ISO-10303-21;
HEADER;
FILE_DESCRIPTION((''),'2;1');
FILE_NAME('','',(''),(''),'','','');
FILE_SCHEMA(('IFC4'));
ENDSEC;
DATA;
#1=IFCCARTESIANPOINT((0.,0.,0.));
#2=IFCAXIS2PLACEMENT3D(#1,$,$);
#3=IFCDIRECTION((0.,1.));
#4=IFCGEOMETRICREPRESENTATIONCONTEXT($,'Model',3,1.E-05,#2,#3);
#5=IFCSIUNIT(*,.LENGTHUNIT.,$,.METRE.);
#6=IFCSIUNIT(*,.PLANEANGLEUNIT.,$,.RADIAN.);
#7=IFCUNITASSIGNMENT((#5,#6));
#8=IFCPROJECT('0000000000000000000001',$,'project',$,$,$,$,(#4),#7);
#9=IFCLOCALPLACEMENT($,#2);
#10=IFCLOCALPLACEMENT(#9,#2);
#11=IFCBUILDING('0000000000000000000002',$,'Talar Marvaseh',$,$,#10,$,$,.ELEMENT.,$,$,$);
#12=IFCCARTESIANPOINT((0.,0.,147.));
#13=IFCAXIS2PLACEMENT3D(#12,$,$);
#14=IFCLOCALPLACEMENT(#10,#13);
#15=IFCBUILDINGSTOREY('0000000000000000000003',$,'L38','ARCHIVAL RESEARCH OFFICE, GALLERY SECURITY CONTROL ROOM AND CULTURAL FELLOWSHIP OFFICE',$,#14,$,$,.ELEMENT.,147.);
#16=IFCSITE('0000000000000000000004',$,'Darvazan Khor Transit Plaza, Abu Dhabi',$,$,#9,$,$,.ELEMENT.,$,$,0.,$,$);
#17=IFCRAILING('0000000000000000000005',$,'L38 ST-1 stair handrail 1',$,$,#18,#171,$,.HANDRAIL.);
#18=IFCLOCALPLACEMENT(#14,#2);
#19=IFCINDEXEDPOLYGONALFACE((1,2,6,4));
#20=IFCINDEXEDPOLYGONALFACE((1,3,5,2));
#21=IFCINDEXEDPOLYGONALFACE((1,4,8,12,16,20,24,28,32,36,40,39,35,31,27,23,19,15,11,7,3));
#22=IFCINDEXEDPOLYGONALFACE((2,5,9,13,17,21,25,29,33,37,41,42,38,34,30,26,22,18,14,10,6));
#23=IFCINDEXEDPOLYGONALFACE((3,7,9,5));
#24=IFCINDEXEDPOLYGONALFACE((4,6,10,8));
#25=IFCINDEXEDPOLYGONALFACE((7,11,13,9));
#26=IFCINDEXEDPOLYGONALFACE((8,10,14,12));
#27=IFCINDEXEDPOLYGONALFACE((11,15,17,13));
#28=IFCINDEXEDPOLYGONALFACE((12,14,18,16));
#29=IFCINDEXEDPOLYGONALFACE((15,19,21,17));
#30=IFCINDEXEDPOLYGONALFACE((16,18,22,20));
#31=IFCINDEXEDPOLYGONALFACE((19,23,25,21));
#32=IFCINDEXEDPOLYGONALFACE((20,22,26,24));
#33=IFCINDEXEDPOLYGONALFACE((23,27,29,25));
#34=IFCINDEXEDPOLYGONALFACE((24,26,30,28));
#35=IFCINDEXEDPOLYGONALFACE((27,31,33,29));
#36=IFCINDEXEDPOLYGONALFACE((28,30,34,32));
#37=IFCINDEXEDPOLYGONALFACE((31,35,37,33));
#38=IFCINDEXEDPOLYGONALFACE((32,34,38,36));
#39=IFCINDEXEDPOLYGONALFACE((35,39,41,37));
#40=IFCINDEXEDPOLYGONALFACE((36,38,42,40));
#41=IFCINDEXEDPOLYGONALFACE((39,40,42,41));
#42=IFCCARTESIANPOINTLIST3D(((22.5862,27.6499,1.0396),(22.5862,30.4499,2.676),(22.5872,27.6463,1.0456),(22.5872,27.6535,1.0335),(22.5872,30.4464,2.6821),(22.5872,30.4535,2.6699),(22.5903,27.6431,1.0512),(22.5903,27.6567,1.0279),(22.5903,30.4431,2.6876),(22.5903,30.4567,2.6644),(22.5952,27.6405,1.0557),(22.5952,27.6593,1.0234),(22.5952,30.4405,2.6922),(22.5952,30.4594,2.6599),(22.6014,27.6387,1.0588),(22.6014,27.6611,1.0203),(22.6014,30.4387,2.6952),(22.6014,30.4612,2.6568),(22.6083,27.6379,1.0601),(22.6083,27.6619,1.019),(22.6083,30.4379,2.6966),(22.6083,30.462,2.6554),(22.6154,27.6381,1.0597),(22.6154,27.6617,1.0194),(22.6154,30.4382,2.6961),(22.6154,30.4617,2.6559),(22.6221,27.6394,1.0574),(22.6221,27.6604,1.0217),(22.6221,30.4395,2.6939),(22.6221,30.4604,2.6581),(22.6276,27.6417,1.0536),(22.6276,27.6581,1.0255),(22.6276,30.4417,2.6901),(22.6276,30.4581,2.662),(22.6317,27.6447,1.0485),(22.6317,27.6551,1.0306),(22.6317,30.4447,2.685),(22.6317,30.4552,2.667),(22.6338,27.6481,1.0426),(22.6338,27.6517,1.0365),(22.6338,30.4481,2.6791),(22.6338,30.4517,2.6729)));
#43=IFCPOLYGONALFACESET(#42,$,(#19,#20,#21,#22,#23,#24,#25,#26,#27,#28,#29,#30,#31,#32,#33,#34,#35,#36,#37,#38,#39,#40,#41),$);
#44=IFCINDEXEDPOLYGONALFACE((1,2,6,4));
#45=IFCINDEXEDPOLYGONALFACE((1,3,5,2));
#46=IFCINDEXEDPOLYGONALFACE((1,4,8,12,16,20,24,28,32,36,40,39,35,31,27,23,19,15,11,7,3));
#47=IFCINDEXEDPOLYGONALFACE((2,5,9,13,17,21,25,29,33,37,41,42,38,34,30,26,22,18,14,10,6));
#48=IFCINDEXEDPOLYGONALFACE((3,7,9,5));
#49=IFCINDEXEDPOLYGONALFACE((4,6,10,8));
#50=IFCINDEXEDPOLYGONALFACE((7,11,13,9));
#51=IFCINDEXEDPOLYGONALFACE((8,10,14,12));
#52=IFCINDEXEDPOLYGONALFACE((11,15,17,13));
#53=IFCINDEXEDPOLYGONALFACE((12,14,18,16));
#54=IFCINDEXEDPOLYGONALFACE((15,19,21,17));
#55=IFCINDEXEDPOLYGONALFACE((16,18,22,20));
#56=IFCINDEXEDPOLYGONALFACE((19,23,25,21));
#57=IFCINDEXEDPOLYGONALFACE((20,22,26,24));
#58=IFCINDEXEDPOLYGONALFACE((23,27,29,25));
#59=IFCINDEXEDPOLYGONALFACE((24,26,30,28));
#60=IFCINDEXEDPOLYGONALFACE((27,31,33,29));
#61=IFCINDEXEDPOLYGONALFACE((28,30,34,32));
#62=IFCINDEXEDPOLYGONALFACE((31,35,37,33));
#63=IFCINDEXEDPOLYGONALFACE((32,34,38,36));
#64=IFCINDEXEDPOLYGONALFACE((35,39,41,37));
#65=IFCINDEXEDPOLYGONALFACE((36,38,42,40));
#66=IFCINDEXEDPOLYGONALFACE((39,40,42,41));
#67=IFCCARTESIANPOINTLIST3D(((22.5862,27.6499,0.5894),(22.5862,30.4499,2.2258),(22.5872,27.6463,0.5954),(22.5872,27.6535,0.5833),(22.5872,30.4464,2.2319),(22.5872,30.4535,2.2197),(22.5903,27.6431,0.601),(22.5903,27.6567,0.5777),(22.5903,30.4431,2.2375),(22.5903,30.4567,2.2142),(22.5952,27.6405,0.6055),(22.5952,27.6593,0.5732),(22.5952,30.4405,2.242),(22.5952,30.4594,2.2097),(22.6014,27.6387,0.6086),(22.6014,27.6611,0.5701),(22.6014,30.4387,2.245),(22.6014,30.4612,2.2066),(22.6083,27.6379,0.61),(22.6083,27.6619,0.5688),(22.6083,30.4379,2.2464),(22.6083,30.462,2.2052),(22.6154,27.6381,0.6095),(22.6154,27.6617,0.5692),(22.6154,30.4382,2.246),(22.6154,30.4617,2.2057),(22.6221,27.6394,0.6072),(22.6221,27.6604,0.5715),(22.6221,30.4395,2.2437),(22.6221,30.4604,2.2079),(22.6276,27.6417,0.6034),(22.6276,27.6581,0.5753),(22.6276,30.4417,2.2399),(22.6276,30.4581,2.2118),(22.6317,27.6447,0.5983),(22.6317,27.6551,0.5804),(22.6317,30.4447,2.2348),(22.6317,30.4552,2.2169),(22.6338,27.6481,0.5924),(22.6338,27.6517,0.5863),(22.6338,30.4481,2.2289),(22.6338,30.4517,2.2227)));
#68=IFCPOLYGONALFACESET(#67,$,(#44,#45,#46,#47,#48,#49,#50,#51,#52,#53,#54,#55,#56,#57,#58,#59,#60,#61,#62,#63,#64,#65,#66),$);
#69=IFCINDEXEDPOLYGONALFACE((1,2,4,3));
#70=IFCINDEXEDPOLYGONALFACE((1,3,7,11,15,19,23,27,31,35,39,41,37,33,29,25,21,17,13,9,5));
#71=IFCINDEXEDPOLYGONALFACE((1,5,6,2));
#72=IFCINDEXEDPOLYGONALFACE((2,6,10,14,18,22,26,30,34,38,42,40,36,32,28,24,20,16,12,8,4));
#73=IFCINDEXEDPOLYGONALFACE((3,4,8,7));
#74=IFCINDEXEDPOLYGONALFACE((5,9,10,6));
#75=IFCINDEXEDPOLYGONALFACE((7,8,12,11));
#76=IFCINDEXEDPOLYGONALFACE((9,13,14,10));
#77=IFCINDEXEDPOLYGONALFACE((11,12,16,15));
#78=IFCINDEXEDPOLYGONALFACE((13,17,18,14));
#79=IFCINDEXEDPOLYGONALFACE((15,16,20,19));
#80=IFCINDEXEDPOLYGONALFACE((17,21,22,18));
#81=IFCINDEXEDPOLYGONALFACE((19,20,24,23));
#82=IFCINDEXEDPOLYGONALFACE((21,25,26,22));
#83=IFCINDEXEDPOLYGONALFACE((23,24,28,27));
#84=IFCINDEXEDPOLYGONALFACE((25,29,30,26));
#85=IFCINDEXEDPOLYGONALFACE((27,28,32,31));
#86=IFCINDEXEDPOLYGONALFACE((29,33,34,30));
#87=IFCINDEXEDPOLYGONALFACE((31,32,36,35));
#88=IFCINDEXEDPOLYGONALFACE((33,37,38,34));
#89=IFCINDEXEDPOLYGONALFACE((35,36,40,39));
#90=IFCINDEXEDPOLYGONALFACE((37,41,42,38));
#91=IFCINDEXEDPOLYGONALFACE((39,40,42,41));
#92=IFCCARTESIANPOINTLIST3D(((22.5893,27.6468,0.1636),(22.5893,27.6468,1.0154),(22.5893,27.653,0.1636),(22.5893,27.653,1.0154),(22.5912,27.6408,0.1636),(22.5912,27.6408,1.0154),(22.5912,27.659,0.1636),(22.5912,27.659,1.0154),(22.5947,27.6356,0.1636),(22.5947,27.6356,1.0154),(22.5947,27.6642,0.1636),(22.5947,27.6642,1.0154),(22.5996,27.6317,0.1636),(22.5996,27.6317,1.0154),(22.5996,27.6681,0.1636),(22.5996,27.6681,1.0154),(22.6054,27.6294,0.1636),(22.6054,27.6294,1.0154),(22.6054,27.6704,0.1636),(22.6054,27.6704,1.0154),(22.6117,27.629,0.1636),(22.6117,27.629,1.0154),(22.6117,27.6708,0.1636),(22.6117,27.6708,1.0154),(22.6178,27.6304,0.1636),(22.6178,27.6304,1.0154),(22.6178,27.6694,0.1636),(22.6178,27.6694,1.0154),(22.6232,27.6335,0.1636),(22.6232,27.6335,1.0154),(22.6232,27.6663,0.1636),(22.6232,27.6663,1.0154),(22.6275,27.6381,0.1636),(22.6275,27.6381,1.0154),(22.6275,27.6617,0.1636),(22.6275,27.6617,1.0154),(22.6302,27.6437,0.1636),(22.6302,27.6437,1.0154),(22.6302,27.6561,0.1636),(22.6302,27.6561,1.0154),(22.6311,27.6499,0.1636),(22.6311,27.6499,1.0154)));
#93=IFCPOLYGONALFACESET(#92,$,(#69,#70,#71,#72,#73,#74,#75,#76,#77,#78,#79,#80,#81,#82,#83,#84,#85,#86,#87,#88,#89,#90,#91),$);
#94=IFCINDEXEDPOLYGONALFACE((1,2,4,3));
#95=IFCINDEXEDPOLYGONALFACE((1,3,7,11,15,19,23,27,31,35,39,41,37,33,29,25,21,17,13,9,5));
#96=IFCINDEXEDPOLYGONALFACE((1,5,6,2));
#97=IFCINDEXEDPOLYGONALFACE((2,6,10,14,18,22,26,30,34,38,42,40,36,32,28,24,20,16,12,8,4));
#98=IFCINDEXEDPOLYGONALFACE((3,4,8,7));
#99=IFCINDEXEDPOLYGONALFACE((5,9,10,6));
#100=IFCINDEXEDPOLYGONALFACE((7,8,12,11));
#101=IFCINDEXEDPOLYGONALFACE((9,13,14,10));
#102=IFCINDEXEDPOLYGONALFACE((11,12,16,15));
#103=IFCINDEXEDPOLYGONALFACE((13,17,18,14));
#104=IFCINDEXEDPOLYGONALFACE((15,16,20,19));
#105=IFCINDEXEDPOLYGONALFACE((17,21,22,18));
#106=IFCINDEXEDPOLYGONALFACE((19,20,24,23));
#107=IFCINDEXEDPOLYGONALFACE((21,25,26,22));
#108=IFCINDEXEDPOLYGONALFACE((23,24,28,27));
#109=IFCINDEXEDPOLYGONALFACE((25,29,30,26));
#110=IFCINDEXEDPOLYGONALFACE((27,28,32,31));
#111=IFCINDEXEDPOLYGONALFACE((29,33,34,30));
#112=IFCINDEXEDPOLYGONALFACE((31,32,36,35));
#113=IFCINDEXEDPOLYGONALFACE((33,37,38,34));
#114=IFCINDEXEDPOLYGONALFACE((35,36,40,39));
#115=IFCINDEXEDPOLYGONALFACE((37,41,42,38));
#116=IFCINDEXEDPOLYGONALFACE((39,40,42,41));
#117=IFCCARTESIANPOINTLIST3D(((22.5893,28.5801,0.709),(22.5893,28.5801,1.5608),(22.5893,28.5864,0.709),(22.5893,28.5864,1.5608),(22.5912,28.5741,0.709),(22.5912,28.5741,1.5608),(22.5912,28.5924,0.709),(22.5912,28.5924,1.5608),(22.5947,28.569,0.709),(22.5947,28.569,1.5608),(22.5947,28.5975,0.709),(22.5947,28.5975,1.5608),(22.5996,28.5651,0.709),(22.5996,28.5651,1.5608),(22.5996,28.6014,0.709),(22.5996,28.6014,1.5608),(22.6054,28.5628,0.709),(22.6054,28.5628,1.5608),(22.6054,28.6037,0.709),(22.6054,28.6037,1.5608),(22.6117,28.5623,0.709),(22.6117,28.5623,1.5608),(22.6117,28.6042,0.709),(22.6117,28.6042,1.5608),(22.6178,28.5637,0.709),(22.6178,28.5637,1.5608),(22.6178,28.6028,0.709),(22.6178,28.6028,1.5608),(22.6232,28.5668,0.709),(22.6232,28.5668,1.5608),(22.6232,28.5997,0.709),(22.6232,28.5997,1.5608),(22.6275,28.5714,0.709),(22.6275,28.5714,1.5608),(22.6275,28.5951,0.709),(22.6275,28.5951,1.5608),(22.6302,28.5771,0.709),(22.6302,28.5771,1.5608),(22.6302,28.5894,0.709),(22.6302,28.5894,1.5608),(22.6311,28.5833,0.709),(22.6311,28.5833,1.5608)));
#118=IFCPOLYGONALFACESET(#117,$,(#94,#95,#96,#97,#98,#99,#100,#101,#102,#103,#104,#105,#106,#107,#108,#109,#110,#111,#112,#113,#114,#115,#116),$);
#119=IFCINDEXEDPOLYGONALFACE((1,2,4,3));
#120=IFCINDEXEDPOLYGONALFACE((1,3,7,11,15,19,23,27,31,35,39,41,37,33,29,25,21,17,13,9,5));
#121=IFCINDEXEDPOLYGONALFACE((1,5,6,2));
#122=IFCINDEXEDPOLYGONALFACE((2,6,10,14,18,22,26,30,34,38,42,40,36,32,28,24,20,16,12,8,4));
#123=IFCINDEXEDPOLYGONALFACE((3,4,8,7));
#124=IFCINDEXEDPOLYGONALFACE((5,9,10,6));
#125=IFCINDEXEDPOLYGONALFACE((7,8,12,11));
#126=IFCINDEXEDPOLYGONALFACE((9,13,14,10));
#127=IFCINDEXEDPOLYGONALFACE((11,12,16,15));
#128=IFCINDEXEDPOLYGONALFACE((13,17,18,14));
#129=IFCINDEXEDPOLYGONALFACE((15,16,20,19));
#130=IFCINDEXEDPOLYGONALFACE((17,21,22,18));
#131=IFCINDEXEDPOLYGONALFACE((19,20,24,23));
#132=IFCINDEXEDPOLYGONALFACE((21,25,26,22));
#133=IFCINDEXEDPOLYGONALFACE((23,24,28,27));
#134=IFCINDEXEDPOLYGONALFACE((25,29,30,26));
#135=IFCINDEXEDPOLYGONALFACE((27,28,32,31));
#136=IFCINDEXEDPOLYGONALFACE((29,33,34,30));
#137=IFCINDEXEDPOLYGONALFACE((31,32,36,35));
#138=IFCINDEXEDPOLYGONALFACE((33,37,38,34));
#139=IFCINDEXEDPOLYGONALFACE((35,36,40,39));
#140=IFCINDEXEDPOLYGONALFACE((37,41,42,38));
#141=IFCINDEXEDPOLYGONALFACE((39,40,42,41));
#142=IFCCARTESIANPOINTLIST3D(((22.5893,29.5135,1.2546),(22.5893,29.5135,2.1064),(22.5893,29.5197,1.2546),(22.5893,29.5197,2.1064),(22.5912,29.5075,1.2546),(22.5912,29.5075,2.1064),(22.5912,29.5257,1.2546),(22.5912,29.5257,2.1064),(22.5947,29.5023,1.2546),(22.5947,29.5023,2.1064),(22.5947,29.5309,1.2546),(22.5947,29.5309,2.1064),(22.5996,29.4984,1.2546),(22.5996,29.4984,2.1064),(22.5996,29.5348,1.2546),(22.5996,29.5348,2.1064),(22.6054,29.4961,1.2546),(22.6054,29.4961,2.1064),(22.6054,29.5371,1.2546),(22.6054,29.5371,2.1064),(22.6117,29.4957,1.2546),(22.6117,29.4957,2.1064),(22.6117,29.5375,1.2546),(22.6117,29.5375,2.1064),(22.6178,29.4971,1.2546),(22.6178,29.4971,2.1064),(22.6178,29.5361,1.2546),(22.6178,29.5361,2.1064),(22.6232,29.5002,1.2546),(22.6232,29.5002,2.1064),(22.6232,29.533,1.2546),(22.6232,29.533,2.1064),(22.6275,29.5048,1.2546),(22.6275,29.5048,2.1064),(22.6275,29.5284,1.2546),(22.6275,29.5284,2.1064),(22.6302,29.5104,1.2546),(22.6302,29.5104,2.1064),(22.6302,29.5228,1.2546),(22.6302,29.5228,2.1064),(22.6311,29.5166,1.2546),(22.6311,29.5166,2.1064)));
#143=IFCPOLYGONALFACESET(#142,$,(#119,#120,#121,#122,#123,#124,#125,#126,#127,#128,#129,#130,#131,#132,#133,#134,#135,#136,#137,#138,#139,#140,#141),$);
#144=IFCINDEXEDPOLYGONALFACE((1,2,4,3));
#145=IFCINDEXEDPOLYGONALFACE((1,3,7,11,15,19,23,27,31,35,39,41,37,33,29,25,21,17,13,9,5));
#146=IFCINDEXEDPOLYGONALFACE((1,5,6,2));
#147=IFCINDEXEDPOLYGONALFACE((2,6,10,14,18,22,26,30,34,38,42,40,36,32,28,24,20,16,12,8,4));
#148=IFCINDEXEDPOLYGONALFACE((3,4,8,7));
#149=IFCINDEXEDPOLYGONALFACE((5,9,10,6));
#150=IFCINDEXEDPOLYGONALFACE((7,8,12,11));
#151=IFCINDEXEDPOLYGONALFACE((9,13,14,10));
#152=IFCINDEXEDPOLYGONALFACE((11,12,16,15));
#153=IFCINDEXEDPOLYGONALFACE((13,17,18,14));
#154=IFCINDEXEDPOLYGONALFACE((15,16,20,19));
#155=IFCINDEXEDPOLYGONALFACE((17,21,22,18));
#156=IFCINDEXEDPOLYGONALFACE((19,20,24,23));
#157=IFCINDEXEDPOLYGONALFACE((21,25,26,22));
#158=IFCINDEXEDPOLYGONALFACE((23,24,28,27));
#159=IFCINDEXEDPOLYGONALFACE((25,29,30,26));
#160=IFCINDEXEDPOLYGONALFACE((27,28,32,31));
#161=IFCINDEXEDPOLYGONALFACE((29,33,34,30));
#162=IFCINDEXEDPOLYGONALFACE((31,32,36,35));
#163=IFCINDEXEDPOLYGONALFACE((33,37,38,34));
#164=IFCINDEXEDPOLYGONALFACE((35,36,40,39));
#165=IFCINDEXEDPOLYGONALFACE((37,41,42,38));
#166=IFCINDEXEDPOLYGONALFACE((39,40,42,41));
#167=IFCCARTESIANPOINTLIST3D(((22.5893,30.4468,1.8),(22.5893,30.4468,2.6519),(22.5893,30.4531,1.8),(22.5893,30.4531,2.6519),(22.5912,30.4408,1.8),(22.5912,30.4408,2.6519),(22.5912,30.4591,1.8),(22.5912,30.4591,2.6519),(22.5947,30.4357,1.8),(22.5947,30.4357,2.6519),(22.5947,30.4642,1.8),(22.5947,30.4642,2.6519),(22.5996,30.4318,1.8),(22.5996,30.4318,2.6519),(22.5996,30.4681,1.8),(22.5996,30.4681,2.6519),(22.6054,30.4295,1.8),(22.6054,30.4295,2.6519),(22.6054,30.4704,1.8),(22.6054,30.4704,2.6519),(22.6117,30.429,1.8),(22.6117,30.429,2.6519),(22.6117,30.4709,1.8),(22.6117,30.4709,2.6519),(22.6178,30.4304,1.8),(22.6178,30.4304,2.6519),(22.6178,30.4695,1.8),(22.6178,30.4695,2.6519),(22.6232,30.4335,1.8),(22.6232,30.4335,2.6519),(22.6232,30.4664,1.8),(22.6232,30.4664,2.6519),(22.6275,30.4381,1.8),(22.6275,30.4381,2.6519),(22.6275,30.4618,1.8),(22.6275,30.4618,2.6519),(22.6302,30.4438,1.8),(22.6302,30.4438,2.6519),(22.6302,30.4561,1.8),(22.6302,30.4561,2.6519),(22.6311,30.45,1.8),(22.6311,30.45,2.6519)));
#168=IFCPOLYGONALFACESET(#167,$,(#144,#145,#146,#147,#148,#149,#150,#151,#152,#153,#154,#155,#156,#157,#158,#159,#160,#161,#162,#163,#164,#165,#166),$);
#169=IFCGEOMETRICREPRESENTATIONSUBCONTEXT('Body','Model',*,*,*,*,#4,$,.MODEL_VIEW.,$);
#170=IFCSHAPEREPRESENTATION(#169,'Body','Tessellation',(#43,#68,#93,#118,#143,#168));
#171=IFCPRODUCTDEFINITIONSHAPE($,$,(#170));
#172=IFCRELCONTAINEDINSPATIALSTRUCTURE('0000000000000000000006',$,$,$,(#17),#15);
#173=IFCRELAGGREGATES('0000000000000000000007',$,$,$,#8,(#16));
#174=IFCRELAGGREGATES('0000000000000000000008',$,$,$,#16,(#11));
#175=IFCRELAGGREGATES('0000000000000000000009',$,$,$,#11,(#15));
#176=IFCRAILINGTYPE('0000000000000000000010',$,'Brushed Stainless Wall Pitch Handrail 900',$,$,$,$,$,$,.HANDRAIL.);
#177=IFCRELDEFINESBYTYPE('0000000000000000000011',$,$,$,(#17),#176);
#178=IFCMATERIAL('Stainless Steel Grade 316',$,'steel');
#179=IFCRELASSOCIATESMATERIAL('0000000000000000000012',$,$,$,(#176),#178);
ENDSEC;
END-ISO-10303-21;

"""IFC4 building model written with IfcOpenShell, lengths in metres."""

from ifc_helpers import new_model, si_unit, direction, frame, origin, origin_2d, place, context, subcontext, project, spatial, circle, extrude, material, type_object, element, save


model = new_model("IFC4")

# Units and contexts
model_context = context("Model", 3, precision=1e-05, world=origin(), true_north=direction((0.0, 1.0)))
body_context = subcontext(model_context, "Body", "Model", "MODEL_VIEW")
ifc_project = project(units=[si_unit("LENGTHUNIT", "METRE"), si_unit("PLANEANGLEUNIT", "RADIAN")], contexts=[model_context])

# Site, building, storey
site_placement = place(None, origin())
site = spatial("IfcSite", under=ifc_project, at=site_placement, Name="Darvazan Khor Transit Plaza, Abu Dhabi", CompositionType="ELEMENT", RefElevation=0.0)
building_placement = place(site_placement, origin())
building = spatial("IfcBuilding", under=site, at=building_placement, Name="Talar Marvaseh", CompositionType="ELEMENT")
storey_placement = place(building_placement, frame((0.0, 0.0, 147.0)))
storey = spatial("IfcBuildingStorey", under=building, at=storey_placement, Name="L38", Description="ARCHIVAL RESEARCH OFFICE, GALLERY SECURITY CONTROL ROOM AND CULTURAL FELLOWSHIP OFFICE", CompositionType="ELEMENT", Elevation=147.0)

# Railing
ifc_material_1 = material(Name="Stainless Steel Grade 316", Category="steel")
railing_type_1 = type_object("IfcRailingType", Name="Brushed Stainless Wall Pitch Handrail 900", PredefinedType="HANDRAIL", material=ifc_material_1)
railing_1_placement = place(storey_placement, frame((22.6101, 27.6499, 0.1636)))
element("IfcRailing", 1, at=railing_1_placement, inside=storey, type_object=railing_type_1, Name="L38 ST-1 stair handrail 1", PredefinedType="HANDRAIL", context=body_context, shape_type="SweptSolid", body=[
    extrude(circle(Radius=0.0239, at=origin_2d()), frame((0.0, 0.0, 0.876), z_axis=(0.0, 0.863361, 0.504587), x_axis=(-1.0, 0.0, 0.0)), (0.0, 0.0, 1.0), 3.2432),
    extrude(circle(Radius=0.0239, at=origin_2d()), frame((0.0, 0.0, 0.4258), z_axis=(0.0, 0.863361, 0.504587), x_axis=(-1.0, 0.0, 0.0)), (0.0, 0.0, 1.0), 3.2432),
    extrude(circle(Radius=0.021, at=origin_2d()), origin(), (0.0, 0.0, 1.0), 0.8518),
    extrude(circle(Radius=0.021, at=origin_2d()), frame((0.0, 0.9333, 0.5454)), (0.0, 0.0, 1.0), 0.8518),
    extrude(circle(Radius=0.021, at=origin_2d()), frame((0.0, 1.8667, 1.0911)), (0.0, 0.0, 1.0), 0.8518),
    extrude(circle(Radius=0.021, at=origin_2d()), frame((0.0, 2.8, 1.6365)), (0.0, 0.0, 1.0), 0.8518),
])

save(model, "model.ifc")
